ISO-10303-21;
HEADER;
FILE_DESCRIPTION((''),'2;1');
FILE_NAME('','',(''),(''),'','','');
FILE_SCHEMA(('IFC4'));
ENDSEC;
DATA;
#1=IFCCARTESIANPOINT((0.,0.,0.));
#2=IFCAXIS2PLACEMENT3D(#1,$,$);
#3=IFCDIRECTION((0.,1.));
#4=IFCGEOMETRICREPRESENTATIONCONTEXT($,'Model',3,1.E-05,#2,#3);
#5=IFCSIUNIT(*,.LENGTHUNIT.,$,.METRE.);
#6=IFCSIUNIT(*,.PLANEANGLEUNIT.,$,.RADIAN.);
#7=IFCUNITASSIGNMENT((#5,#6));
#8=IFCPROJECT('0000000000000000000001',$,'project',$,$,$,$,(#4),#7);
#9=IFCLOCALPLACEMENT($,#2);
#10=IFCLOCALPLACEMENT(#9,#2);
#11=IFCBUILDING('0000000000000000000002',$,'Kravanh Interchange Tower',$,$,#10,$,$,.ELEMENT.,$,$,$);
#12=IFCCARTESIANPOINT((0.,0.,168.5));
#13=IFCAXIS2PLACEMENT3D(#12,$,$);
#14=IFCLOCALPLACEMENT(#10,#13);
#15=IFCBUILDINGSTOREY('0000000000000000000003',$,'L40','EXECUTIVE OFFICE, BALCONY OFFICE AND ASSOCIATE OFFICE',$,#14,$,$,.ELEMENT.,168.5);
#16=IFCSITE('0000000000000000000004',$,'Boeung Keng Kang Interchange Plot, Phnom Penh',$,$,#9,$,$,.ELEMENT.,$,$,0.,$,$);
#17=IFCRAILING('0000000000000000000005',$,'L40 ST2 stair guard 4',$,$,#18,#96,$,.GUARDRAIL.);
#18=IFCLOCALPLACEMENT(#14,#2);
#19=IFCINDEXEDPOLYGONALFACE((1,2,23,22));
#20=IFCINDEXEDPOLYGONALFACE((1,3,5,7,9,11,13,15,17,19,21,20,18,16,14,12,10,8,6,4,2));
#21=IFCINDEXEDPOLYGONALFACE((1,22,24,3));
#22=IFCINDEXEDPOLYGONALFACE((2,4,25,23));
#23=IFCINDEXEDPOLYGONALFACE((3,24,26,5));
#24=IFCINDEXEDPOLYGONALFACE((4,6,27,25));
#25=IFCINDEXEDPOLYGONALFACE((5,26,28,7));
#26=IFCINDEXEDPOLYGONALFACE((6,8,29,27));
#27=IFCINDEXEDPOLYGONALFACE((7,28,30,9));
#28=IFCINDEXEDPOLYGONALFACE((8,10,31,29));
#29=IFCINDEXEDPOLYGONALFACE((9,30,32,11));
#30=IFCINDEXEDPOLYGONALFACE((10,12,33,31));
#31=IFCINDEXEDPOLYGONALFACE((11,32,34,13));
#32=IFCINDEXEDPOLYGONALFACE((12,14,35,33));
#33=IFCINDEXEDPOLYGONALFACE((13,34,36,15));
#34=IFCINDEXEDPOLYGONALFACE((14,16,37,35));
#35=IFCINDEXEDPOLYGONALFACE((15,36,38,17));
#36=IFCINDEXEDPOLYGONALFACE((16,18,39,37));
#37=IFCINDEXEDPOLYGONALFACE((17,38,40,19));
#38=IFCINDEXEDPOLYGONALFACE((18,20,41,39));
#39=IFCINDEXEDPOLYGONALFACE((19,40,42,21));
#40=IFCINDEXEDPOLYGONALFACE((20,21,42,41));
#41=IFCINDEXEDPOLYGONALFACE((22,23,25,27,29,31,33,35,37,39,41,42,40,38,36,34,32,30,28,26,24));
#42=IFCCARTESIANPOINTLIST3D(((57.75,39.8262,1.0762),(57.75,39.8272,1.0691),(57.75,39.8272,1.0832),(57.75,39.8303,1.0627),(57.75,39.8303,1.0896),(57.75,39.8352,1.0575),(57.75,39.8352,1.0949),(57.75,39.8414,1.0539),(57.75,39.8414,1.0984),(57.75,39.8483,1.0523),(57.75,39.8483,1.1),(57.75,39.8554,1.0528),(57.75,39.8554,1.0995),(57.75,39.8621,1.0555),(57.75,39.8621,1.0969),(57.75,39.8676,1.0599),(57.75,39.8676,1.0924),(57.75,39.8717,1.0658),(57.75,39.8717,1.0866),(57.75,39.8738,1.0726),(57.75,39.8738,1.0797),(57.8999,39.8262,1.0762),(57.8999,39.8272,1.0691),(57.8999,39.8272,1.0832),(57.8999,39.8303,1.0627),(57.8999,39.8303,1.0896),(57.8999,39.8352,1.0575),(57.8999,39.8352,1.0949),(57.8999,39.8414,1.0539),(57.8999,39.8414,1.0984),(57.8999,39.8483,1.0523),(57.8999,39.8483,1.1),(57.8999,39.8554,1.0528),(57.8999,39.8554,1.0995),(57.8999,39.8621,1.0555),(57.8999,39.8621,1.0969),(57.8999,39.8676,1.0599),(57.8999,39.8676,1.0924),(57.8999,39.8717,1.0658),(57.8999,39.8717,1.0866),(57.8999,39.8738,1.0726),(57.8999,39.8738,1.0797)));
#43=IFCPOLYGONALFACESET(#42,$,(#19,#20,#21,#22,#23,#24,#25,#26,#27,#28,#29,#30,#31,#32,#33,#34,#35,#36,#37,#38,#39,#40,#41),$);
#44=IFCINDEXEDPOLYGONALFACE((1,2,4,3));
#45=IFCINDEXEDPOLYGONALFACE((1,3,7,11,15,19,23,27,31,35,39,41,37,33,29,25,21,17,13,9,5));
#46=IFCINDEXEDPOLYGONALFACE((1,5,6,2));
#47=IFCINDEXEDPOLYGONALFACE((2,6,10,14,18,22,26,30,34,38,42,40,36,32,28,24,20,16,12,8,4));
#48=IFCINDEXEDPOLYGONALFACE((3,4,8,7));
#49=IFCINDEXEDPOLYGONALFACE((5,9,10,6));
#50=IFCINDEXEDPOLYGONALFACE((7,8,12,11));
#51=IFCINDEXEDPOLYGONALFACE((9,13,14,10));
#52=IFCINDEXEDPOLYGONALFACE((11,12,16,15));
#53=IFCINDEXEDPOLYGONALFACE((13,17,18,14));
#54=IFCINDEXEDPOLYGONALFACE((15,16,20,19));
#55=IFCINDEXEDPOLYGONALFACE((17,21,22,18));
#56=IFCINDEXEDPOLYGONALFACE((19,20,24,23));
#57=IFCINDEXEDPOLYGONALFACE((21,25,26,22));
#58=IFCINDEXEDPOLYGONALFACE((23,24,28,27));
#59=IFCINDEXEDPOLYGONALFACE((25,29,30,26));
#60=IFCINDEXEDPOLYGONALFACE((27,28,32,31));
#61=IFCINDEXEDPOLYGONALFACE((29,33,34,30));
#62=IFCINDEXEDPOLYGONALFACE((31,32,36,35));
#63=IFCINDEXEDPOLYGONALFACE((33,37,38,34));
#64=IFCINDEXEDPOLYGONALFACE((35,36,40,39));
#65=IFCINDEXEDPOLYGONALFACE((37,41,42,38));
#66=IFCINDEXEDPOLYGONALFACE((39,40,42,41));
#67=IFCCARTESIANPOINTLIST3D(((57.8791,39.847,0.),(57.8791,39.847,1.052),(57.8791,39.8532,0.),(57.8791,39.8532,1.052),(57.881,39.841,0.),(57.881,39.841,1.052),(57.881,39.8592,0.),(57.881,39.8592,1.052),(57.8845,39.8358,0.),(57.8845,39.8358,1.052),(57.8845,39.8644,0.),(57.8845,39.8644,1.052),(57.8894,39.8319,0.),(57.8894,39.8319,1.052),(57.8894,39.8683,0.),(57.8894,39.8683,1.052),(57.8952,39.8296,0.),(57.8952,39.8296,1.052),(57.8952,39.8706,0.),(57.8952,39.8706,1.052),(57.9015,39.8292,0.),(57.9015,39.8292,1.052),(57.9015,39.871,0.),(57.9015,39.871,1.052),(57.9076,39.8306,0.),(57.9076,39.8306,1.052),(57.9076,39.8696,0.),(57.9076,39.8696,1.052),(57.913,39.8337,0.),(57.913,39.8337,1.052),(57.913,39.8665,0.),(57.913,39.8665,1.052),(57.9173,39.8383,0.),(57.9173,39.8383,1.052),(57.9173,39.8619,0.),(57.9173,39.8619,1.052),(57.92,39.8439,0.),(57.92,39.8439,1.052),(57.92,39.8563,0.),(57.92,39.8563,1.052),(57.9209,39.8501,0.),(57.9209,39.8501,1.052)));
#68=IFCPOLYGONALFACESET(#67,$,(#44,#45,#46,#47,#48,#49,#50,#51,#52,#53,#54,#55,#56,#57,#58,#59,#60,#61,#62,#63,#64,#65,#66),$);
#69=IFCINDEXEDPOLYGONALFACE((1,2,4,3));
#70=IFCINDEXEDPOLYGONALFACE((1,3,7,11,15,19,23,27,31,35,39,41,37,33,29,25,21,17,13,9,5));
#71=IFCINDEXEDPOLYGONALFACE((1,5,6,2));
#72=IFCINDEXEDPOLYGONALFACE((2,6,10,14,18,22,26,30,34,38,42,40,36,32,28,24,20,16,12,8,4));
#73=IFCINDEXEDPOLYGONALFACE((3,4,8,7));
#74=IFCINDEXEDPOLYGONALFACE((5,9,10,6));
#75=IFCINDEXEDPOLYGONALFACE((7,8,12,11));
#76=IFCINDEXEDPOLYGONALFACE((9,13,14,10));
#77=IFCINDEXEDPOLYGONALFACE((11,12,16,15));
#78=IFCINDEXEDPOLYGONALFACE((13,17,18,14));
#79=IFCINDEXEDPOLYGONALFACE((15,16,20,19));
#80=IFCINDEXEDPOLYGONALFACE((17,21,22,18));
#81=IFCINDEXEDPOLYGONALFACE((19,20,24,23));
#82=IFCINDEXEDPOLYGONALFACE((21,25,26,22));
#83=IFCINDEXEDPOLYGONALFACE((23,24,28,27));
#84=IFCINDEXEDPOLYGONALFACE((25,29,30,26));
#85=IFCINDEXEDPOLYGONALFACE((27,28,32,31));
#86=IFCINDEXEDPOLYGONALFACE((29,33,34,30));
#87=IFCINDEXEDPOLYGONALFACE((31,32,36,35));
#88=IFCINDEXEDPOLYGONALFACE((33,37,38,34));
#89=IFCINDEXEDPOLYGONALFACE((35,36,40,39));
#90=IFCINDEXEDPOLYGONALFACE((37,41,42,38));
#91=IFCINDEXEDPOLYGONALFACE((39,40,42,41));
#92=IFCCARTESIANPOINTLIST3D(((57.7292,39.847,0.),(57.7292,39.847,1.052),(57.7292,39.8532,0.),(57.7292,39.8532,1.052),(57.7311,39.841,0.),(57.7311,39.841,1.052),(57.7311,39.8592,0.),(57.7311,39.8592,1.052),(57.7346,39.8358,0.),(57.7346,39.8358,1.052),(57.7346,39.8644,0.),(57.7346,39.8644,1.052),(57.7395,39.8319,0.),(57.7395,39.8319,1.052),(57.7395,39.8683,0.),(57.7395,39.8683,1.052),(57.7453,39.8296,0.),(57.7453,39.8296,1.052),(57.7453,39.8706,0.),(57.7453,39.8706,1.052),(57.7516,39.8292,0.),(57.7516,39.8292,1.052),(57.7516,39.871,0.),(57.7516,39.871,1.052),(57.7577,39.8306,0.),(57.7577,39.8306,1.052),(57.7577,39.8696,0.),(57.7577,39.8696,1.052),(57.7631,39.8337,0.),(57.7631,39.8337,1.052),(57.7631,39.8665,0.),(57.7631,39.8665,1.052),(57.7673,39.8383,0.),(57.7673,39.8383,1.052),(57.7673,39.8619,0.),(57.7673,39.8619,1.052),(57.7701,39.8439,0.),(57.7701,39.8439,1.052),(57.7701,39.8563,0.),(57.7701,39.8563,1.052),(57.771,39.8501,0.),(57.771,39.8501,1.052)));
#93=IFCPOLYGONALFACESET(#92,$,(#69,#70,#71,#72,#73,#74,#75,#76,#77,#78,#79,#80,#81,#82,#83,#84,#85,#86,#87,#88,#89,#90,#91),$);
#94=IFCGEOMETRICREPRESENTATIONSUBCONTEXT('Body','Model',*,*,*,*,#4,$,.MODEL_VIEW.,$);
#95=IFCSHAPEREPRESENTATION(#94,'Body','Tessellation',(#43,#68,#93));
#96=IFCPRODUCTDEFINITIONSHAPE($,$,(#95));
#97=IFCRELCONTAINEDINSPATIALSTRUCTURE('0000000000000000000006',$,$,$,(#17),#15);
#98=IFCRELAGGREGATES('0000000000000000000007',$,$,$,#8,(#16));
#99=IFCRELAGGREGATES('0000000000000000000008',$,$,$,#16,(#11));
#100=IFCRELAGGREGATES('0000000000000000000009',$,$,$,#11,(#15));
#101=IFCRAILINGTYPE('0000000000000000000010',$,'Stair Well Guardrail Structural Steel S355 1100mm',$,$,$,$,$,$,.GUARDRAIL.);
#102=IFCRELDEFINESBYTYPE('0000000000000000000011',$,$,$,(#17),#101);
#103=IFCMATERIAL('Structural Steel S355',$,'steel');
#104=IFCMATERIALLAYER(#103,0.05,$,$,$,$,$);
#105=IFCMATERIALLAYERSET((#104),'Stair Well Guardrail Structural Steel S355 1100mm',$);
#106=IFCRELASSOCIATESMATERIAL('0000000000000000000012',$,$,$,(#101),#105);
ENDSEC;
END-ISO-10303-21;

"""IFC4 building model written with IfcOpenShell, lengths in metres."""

from ifc_helpers import new_model, si_unit, direction, frame, origin, origin_2d, place, context, subcontext, project, spatial, circle, extrude, material, layer, layer_set, type_object, element, save


model = new_model("IFC4")

# Units and contexts
model_context = context("Model", 3, precision=1e-05, world=origin(), true_north=direction((0.0, 1.0)))
body_context = subcontext(model_context, "Body", "Model", "MODEL_VIEW")
ifc_project = project(units=[si_unit("LENGTHUNIT", "METRE"), si_unit("PLANEANGLEUNIT", "RADIAN")], contexts=[model_context])

# Site, building, storey
site_placement = place(None, origin())
site = spatial("IfcSite", under=ifc_project, at=site_placement, Name="Boeung Keng Kang Interchange Plot, Phnom Penh", CompositionType="ELEMENT", RefElevation=0.0)
building_placement = place(site_placement, origin())
building = spatial("IfcBuilding", under=site, at=building_placement, Name="Kravanh Interchange Tower", CompositionType="ELEMENT")
storey_placement = place(building_placement, frame((0.0, 0.0, 168.5)))
storey = spatial("IfcBuildingStorey", under=building, at=storey_placement, Name="L40", Description="EXECUTIVE OFFICE, BALCONY OFFICE AND ASSOCIATE OFFICE", CompositionType="ELEMENT", Elevation=168.5)

# Railing
ifc_material_1 = material(Name="Structural Steel S355", Category="steel")
ifc_layer_1 = layer(ifc_material_1, 0.05)
ifc_layer_set_1 = layer_set([ifc_layer_1], Name="Stair Well Guardrail Structural Steel S355 1100mm")
railing_type_1 = type_object("IfcRailingType", Name="Stair Well Guardrail Structural Steel S355 1100mm", PredefinedType="GUARDRAIL", material=ifc_layer_set_1)
railing_1_placement = place(storey_placement, frame((57.8999, 39.8501, 0.0)))
element("IfcRailing", 1, at=railing_1_placement, inside=storey, type_object=railing_type_1, Name="L40 ST2 stair guard 4", PredefinedType="GUARDRAIL", context=body_context, shape_type="SweptSolid", body=[
    extrude(circle(Radius=0.0239, at=origin_2d()), frame((0.0, 0.0, 1.0762), z_axis=(-1.0, 0.0, 0.0), x_axis=(0.0, -1.0, 0.0)), (0.0, 0.0, 1.0), 0.1499),
    extrude(circle(Radius=0.021, at=origin_2d()), origin(), (0.0, 0.0, 1.0), 1.052),
    extrude(circle(Radius=0.021, at=origin_2d()), frame((-0.1499, 0.0, 0.0)), (0.0, 0.0, 1.0), 1.052),
])

save(model, "model.ifc")
